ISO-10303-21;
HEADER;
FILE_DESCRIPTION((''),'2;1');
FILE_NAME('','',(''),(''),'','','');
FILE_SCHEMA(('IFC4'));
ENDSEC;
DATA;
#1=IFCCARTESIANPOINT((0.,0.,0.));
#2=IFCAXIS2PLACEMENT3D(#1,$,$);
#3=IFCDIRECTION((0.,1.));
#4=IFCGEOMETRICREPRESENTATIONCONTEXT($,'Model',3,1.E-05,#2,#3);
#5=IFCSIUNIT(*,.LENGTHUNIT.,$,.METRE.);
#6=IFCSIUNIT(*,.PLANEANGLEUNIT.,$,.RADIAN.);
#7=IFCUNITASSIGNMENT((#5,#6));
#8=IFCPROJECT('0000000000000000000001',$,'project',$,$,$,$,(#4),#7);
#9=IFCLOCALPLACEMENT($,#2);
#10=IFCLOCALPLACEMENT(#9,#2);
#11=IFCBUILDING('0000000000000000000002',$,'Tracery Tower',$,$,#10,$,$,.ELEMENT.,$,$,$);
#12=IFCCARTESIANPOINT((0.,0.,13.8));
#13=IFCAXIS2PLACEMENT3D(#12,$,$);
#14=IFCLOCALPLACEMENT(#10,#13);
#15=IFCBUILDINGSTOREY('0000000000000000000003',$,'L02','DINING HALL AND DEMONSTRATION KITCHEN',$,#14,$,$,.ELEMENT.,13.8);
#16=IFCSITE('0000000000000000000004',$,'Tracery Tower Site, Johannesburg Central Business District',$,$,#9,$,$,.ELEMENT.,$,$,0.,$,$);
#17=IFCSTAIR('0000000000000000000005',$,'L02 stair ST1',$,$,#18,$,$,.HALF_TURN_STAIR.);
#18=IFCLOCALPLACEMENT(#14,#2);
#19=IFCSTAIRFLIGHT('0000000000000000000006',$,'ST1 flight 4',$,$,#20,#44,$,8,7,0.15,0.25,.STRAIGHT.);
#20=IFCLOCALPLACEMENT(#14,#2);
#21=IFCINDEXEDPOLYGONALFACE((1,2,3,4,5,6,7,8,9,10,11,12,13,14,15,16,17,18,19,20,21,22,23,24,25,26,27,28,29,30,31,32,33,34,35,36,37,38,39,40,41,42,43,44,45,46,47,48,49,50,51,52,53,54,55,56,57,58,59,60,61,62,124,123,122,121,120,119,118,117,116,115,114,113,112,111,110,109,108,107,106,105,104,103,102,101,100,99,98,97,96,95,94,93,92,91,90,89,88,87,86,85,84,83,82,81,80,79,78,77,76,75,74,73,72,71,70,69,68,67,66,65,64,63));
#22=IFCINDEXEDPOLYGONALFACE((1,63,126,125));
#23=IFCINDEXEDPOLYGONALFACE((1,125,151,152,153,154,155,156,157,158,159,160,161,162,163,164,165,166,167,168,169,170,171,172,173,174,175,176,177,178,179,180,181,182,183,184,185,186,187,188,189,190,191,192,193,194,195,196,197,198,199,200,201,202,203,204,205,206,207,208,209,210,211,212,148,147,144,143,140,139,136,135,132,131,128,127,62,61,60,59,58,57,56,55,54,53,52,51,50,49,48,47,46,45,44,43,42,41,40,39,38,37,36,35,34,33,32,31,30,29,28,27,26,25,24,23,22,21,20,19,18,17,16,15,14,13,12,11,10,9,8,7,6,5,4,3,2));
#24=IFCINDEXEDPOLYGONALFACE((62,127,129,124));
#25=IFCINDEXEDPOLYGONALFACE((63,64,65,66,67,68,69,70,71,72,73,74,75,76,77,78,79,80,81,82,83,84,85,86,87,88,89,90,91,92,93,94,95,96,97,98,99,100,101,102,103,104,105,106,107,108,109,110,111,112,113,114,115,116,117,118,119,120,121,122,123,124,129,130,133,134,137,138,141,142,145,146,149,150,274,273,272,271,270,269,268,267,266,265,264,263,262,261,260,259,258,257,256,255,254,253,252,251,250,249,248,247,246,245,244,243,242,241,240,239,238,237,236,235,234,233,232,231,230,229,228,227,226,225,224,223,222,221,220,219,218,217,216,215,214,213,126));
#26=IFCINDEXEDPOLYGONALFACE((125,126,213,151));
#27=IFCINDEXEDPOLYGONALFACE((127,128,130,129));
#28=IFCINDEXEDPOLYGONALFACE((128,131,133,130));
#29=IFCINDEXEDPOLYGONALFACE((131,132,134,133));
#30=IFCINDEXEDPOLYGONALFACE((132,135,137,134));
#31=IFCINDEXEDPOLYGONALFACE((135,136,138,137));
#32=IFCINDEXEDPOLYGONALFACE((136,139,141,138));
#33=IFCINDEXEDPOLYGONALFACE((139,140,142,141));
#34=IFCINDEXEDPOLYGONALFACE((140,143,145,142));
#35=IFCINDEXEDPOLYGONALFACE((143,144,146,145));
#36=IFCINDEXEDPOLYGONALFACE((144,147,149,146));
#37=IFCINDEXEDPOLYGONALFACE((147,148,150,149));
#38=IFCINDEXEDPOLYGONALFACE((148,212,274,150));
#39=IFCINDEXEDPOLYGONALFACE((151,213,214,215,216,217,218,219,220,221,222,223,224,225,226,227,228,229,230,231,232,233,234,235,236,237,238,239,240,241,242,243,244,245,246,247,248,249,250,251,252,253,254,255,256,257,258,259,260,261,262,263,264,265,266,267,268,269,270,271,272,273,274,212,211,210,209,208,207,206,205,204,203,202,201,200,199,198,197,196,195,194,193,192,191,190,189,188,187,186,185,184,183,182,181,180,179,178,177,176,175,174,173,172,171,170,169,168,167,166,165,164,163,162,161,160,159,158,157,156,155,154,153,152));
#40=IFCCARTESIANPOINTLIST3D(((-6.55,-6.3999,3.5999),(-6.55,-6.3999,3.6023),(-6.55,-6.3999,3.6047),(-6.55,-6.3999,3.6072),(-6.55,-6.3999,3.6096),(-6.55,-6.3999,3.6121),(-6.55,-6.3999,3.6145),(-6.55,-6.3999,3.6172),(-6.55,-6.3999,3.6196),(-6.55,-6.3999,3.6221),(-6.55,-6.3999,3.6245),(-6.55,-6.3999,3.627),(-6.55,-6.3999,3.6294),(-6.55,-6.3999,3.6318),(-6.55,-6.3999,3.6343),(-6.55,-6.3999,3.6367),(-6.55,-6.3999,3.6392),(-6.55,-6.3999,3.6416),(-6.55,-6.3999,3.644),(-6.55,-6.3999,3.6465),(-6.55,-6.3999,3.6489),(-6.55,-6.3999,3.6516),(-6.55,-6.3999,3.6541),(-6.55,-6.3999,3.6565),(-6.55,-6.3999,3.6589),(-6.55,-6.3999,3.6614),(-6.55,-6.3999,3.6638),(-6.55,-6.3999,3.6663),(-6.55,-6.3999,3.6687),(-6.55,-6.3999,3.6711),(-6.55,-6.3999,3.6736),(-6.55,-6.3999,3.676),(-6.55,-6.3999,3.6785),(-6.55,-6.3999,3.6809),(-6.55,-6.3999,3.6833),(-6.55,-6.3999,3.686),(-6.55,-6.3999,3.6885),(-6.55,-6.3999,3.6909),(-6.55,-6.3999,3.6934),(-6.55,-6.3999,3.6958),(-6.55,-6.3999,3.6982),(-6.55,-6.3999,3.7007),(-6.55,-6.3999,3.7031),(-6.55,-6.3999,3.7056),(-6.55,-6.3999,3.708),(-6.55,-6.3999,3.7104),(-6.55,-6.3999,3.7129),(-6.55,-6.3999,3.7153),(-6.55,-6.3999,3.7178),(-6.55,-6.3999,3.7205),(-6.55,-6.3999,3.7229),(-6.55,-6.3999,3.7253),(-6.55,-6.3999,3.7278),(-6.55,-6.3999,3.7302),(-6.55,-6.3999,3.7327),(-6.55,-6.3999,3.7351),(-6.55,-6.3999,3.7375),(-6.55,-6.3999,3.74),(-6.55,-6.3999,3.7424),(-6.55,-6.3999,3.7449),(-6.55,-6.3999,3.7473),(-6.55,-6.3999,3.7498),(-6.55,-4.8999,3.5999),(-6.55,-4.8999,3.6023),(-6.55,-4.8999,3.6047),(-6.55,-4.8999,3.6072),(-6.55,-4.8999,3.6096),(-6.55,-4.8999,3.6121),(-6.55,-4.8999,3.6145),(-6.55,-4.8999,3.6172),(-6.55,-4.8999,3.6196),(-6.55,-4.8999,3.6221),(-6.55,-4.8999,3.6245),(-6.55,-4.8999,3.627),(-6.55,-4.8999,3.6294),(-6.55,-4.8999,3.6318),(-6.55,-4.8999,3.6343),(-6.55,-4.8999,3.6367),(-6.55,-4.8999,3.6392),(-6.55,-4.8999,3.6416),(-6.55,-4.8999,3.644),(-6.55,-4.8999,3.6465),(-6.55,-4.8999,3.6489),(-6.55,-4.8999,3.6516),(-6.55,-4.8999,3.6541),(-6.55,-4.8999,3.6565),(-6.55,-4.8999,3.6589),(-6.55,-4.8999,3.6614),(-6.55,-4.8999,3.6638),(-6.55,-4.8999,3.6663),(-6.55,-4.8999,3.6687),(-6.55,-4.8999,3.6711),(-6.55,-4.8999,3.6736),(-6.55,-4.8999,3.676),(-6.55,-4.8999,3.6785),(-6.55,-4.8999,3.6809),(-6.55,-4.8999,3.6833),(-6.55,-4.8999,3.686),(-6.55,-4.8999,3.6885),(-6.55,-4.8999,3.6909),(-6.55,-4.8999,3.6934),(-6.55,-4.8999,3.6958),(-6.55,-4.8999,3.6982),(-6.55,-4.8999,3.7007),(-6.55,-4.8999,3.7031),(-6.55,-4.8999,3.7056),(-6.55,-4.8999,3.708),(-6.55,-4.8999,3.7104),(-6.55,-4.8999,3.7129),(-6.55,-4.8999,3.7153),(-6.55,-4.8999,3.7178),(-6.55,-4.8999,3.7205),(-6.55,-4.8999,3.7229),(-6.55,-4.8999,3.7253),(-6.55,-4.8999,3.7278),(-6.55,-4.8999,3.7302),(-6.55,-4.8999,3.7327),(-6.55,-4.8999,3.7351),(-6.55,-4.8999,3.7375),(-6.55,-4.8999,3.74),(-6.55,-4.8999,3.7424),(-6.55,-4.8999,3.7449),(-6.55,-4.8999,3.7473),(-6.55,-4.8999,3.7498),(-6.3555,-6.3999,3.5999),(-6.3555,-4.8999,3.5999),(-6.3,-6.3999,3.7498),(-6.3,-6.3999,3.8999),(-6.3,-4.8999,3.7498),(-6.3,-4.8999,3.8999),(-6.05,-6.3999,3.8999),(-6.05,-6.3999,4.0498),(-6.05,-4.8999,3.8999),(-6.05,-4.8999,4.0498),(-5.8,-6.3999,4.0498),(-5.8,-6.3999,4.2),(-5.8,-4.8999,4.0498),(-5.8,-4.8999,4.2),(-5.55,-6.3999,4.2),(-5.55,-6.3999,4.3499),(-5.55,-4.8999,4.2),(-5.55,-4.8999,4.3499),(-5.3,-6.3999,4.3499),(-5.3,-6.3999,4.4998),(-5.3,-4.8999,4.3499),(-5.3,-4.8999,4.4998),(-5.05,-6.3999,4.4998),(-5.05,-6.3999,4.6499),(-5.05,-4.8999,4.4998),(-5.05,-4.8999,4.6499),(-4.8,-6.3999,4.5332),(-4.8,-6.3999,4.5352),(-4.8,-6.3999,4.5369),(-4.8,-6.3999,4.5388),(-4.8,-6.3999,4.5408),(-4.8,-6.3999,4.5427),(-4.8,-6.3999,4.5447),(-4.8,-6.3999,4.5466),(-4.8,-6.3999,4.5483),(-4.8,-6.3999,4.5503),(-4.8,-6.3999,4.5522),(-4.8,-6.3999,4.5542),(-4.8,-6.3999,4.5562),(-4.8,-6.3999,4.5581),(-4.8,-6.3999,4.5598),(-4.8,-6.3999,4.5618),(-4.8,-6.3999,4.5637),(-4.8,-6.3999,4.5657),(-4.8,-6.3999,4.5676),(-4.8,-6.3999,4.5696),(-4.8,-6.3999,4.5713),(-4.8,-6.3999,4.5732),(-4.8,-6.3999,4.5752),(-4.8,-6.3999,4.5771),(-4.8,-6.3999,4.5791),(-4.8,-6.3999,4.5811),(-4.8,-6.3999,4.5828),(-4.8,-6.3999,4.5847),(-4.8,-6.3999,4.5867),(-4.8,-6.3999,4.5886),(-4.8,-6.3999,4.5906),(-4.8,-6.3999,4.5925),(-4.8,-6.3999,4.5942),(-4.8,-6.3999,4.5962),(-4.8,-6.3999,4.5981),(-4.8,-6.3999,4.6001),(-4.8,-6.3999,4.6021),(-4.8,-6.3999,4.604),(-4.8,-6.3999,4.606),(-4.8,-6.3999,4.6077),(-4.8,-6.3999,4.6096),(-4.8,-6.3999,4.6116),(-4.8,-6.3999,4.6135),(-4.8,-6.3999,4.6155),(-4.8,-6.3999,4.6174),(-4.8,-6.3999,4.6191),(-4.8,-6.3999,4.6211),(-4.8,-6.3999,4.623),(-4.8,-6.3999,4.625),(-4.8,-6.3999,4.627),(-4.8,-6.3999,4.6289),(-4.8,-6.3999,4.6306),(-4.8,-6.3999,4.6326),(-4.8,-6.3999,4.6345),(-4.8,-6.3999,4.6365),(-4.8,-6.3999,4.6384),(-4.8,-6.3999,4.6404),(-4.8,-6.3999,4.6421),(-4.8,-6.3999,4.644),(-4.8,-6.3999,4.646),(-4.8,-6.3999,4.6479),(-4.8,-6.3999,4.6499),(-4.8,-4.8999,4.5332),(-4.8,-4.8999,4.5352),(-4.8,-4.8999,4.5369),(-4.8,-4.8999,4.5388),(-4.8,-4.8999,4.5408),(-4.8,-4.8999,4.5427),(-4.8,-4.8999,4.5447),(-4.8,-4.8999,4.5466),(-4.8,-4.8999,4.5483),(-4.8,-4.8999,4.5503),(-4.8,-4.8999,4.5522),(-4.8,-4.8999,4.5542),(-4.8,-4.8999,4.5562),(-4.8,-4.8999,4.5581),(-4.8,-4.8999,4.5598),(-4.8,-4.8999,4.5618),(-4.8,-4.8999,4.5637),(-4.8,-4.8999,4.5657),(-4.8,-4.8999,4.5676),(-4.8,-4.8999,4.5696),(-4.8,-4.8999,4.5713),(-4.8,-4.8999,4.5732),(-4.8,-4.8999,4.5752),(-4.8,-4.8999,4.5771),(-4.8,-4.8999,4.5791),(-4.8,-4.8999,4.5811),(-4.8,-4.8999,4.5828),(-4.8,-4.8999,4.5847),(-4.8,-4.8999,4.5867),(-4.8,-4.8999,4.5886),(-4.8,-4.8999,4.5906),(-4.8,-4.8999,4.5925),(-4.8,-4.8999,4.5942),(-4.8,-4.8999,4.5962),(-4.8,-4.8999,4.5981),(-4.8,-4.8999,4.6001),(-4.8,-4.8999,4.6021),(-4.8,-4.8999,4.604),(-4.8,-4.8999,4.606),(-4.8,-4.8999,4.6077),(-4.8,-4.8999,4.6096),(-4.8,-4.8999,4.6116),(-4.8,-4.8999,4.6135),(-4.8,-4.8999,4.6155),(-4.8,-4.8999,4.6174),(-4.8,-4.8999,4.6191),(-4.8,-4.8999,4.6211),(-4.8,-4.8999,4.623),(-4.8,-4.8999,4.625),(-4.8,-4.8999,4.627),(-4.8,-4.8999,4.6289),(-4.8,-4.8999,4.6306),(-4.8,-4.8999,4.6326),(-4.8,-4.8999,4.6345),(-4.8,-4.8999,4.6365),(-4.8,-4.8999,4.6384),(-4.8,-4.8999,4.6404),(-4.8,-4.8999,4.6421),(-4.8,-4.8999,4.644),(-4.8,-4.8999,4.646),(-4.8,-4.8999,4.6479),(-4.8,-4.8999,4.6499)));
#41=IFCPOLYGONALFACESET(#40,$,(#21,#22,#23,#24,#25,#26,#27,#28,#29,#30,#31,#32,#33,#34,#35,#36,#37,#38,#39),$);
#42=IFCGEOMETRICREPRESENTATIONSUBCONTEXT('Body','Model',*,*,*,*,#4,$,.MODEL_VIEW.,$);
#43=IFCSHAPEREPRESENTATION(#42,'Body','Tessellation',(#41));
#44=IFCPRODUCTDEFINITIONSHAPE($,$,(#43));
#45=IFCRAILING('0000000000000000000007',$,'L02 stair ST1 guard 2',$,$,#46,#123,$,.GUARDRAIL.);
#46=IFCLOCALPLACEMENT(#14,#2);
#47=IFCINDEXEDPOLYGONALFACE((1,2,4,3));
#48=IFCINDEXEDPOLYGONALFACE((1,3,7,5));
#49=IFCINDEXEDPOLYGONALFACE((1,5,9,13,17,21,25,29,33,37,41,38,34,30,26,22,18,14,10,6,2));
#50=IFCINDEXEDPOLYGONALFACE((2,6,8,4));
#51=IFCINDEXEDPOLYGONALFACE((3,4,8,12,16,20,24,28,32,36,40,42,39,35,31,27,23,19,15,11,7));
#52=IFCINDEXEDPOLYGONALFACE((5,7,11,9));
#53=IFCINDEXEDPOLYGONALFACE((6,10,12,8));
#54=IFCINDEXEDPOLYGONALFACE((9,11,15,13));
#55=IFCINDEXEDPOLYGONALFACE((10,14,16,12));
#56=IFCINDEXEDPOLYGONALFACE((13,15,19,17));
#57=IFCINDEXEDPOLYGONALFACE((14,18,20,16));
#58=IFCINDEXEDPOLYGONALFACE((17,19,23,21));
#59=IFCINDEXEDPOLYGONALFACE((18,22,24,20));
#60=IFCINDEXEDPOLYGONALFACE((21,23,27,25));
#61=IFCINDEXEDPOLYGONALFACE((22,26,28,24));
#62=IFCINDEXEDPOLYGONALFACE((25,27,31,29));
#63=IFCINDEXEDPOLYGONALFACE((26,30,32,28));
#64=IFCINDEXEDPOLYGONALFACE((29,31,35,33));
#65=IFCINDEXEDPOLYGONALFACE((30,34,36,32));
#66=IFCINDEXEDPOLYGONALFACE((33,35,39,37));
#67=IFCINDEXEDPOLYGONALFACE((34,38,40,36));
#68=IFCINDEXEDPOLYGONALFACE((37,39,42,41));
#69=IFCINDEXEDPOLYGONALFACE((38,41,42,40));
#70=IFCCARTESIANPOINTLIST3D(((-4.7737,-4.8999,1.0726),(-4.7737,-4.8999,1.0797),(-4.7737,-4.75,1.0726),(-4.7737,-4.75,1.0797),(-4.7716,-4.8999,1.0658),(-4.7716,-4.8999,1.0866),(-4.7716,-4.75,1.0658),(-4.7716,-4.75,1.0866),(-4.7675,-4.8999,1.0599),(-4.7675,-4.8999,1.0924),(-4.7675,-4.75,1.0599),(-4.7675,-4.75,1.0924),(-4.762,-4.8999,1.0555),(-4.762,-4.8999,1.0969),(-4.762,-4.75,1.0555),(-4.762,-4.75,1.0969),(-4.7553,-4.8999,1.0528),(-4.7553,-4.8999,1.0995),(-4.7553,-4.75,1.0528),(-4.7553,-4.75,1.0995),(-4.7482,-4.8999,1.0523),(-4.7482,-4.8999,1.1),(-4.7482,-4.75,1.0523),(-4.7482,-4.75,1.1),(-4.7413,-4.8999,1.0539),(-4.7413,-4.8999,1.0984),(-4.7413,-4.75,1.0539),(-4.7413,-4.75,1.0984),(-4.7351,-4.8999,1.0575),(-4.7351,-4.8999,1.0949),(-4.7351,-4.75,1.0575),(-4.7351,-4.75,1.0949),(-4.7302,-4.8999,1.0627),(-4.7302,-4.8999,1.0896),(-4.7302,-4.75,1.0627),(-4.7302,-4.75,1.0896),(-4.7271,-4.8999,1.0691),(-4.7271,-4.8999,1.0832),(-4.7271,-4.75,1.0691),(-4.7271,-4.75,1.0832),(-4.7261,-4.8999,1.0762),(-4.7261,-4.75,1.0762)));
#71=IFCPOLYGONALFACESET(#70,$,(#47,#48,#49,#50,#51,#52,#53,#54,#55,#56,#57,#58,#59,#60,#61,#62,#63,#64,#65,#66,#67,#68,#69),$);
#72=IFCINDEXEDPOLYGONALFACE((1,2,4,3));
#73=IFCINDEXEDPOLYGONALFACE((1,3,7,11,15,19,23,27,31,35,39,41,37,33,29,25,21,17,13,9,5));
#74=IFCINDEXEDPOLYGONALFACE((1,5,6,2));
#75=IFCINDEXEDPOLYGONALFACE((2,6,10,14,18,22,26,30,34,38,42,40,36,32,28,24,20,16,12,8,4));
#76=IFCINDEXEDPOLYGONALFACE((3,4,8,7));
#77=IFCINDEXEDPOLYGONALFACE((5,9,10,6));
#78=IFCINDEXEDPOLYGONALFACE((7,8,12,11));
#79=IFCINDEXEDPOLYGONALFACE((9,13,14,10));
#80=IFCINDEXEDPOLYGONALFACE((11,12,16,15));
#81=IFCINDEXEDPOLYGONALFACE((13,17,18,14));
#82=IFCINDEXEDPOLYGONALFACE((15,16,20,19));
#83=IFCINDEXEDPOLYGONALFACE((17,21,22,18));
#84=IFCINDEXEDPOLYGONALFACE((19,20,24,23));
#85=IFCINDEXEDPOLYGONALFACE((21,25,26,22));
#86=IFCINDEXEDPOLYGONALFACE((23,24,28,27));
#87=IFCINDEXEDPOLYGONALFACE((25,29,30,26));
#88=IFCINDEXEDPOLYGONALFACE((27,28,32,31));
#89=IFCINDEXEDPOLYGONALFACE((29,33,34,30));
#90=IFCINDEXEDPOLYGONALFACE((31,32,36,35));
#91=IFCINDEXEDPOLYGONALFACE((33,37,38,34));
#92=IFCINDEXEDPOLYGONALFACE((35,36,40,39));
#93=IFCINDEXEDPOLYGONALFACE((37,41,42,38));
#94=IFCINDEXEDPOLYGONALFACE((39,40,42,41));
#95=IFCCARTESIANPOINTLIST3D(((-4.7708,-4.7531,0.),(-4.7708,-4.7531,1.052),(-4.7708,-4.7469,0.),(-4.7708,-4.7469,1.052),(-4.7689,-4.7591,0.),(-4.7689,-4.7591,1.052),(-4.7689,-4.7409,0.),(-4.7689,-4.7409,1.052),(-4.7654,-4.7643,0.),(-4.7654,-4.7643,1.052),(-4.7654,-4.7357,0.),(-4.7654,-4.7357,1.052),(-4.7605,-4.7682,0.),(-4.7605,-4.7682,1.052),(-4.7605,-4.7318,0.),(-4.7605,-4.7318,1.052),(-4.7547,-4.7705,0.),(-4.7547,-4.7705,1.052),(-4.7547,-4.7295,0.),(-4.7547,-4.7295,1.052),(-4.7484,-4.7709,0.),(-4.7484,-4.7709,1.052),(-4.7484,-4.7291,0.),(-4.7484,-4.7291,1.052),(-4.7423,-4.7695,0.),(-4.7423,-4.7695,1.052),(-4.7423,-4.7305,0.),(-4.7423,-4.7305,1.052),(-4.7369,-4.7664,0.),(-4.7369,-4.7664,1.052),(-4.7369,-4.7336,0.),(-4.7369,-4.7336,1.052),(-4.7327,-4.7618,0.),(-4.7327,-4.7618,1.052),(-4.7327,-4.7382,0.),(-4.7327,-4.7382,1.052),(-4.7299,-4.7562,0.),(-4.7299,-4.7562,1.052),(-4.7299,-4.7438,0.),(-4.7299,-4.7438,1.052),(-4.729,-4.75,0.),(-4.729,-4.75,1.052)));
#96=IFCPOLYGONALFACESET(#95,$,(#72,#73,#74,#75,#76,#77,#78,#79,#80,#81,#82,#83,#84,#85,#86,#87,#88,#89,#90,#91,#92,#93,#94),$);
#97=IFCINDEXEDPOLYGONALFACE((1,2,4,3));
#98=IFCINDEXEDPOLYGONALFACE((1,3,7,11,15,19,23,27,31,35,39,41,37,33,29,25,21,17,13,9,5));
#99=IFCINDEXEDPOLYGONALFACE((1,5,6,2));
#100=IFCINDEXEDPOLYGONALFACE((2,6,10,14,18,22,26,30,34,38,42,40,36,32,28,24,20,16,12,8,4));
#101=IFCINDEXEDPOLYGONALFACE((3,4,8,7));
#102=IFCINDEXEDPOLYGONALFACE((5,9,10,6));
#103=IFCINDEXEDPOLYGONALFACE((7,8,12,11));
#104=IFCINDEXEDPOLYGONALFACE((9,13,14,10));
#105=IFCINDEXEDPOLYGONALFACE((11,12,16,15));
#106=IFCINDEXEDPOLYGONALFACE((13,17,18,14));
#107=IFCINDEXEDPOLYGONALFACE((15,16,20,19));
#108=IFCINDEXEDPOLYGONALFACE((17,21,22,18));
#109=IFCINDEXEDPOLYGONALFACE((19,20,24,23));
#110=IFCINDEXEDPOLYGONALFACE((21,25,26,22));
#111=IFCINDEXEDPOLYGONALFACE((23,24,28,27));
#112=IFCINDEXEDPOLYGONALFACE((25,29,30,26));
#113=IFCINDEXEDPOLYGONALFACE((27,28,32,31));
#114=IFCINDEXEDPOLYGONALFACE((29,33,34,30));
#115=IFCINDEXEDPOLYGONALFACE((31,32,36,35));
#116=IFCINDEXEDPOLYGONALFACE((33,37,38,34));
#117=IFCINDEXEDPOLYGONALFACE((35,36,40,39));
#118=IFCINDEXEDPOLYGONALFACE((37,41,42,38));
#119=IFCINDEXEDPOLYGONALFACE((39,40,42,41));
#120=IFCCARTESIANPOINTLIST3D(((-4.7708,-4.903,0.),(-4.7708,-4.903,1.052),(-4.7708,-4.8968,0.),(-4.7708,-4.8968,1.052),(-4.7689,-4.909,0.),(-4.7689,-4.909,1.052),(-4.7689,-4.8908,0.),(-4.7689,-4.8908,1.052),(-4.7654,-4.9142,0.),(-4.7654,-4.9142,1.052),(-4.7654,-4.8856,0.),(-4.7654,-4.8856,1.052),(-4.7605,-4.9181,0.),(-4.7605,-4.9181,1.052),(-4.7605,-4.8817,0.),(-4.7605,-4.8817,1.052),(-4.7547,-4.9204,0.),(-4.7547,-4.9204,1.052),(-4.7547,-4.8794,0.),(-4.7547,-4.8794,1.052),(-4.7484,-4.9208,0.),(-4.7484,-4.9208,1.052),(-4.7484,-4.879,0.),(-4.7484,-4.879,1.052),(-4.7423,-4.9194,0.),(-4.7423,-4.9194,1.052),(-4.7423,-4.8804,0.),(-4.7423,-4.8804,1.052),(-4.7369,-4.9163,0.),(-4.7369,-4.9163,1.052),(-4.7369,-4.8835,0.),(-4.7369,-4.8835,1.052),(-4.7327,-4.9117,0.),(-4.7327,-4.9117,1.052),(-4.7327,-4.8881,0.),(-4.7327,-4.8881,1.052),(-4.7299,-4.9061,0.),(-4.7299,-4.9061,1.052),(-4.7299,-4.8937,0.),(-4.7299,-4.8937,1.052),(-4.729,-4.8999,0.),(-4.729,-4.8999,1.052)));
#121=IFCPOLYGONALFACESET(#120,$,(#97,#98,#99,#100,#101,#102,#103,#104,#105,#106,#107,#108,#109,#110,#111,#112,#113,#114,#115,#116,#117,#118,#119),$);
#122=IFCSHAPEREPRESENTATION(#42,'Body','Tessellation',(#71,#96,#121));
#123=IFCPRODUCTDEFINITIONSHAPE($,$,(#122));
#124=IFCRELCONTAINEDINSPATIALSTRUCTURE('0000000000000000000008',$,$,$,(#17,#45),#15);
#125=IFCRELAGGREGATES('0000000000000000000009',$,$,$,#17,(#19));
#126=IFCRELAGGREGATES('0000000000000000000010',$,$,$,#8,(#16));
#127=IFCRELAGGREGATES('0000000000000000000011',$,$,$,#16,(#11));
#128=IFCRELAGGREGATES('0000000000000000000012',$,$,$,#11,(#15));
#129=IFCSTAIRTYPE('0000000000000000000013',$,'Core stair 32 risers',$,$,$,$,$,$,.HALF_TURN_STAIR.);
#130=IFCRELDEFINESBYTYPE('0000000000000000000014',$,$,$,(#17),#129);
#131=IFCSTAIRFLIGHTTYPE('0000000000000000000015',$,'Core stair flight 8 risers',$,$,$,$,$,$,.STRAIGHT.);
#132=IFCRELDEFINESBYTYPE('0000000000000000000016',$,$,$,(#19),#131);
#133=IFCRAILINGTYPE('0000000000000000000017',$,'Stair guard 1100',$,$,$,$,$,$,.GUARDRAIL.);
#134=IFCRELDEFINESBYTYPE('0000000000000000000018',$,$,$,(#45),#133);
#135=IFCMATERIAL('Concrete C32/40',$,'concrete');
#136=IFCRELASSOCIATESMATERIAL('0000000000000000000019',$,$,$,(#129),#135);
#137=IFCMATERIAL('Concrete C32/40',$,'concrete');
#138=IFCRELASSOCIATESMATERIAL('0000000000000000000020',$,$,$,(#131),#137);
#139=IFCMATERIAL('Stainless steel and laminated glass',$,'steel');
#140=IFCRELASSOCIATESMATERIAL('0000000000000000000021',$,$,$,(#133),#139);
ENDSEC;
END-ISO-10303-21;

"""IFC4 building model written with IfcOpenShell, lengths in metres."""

from ifc_helpers import new_model, si_unit, direction, frame, origin, origin_2d, place, context, subcontext, project, spatial, polyline, circle, outline, extrude, material, type_object, element, aggregate, save


model = new_model("IFC4")

# Units and contexts
model_context = context("Model", 3, precision=1e-05, world=origin(), true_north=direction((0.0, 1.0)))
body_context = subcontext(model_context, "Body", "Model", "MODEL_VIEW")
ifc_project = project(units=[si_unit("LENGTHUNIT", "METRE"), si_unit("PLANEANGLEUNIT", "RADIAN")], contexts=[model_context])

# Site, building, storey
site_placement = place(None, origin())
site = spatial("IfcSite", under=ifc_project, at=site_placement, Name="Tracery Tower Site, Johannesburg Central Business District", CompositionType="ELEMENT", RefElevation=0.0)
building_placement = place(site_placement, origin())
building = spatial("IfcBuilding", under=site, at=building_placement, Name="Tracery Tower", CompositionType="ELEMENT")
storey_placement = place(building_placement, frame((0.0, 0.0, 13.8)))
storey = spatial("IfcBuildingStorey", under=building, at=storey_placement, Name="L02", Description="DINING HALL AND DEMONSTRATION KITCHEN", CompositionType="ELEMENT", Elevation=13.8)

# Stair, stair flight
ifc_material_1 = material(Name="Concrete C32/40", Category="concrete")
stair_type = type_object("IfcStairType", Name="Core stair 32 risers", PredefinedType="HALF_TURN_STAIR", material=ifc_material_1)
stair_placement = place(storey_placement, origin())
stair = element("IfcStair", 1, at=stair_placement, inside=storey, type_object=stair_type, Name="L02 stair ST1", PredefinedType="HALF_TURN_STAIR")
ifc_material_2 = material(Name="Concrete C32/40", Category="concrete")
stair_flight_type = type_object("IfcStairFlightType", Name="Core stair flight 8 risers", PredefinedType="STRAIGHT", material=ifc_material_2)
stair_flight_1_placement = place(storey_placement, frame((-6.55, -5.6499, 3.5999), z_axis=(0.0, 0.0, 1.0), x_axis=(1.0, 0.0, 0.0)))
stair_flight_1 = element("IfcStairFlight", 2, at=stair_flight_1_placement, type_object=stair_flight_type, Name="ST1 flight 4", NumberOfRisers=8, NumberOfTreads=7, PredefinedType="STRAIGHT", RiserHeight=0.15, TreadLength=0.25, context=body_context, shape_type="SweptSolid", body=[
    extrude(outline(polyline([(0.0, 0.0), (0.0, 0.0024), (0.0, 0.0049), (0.0, 0.0073), (0.0, 0.0098), (0.0, 0.0122), (0.0, 0.0146), (0.0, 0.0173), (0.0, 0.0198), (0.0, 0.0222), (0.0, 0.0247), (0.0, 0.0271), (0.0, 0.0295), (0.0, 0.032), (0.0, 0.0344), (0.0, 0.0369), (0.0, 0.0393), (0.0, 0.0417), (0.0, 0.0442), (0.0, 0.0466), (0.0, 0.0491), (0.0, 0.0518), (0.0, 0.0542), (0.0, 0.0566), (0.0, 0.0591), (0.0, 0.0615), (0.0, 0.064), (0.0, 0.0664), (0.0, 0.0688), (0.0, 0.0713), (0.0, 0.0737), (0.0, 0.0762), (0.0, 0.0786), (0.0, 0.0811), (0.0, 0.0835), (0.0, 0.0862), (0.0, 0.0886), (0.0, 0.0911), (0.0, 0.0935), (0.0, 0.0959), (0.0, 0.0984), (0.0, 0.1008), (0.0, 0.1033), (0.0, 0.1057), (0.0, 0.1082), (0.0, 0.1106), (0.0, 0.113), (0.0, 0.1155), (0.0, 0.1179), (0.0, 0.1206), (0.0, 0.123), (0.0, 0.1255), (0.0, 0.1279), (0.0, 0.1304), (0.0, 0.1328), (0.0, 0.1353), (0.0, 0.1377), (0.0, 0.1401), (0.0, 0.1426), (0.0, 0.145), (0.0, 0.1475), (0.0, 0.1499), (0.25, 0.1499), (0.25, 0.3), (0.5, 0.3), (0.5, 0.45), (0.75, 0.45), (0.75, 0.6001), (1.0, 0.6001), (1.0, 0.75), (1.25, 0.75), (1.25, 0.8999), (1.5, 0.8999), (1.5, 1.05), (1.75, 1.05), (1.75, 1.0481), (1.75, 1.0461), (1.75, 1.0442), (1.75, 1.0422), (1.75, 1.0405), (1.75, 1.0386), (1.75, 1.0366), (1.75, 1.0347), (1.75, 1.0327), (1.75, 1.0308), (1.75, 1.0291), (1.75, 1.0271), (1.75, 1.0251), (1.75, 1.0232), (1.75, 1.0212), (1.75, 1.0193), (1.75, 1.0176), (1.75, 1.0156), (1.75, 1.0137), (1.75, 1.0117), (1.75, 1.0098), (1.75, 1.0078), (1.75, 1.0061), (1.75, 1.0042), (1.75, 1.0022), (1.75, 1.0002), (1.75, 0.9983), (1.75, 0.9963), (1.75, 0.9944), (1.75, 0.9927), (1.75, 0.9907), (1.75, 0.9888), (1.75, 0.9868), (1.75, 0.9849), (1.75, 0.9829), (1.75, 0.9812), (1.75, 0.9792), (1.75, 0.9773), (1.75, 0.9753), (1.75, 0.9734), (1.75, 0.9714), (1.75, 0.9697), (1.75, 0.9678), (1.75, 0.9658), (1.75, 0.9639), (1.75, 0.9619), (1.75, 0.96), (1.75, 0.9583), (1.75, 0.9563), (1.75, 0.9543), (1.75, 0.9524), (1.75, 0.9504), (1.75, 0.9485), (1.75, 0.9468), (1.75, 0.9448), (1.75, 0.9429), (1.75, 0.9409), (1.75, 0.939), (1.75, 0.937), (1.75, 0.9353), (1.75, 0.9333), (0.1946, 0.0), (0.0, 0.0)])), frame((0.0, 0.75, 0.0), z_axis=(0.0, -1.0, 0.0), x_axis=(1.0, 0.0, 0.0)), (0.0, 0.0, 1.0), 1.5),
])
aggregate(stair, [stair_flight_1])

# Railing
ifc_material_3 = material(Name="Stainless steel and laminated glass", Category="steel")
railing_type_1 = type_object("IfcRailingType", Name="Stair guard 1100", PredefinedType="GUARDRAIL", material=ifc_material_3)
railing_1_placement = place(storey_placement, frame((-4.75, -4.75, 0.0)))
element("IfcRailing", 3, at=railing_1_placement, inside=storey, type_object=railing_type_1, Name="L02 stair ST1 guard 2", PredefinedType="GUARDRAIL", context=body_context, shape_type="SweptSolid", body=[
    extrude(circle(Radius=0.0239, at=origin_2d()), frame((0.0, 0.0, 1.0762), z_axis=(0.0, -1.0, 0.0), x_axis=(1.0, 0.0, 0.0)), (0.0, 0.0, 1.0), 0.1499),
    extrude(circle(Radius=0.021, at=origin_2d()), origin(), (0.0, 0.0, 1.0), 1.052),
    extrude(circle(Radius=0.021, at=origin_2d()), frame((0.0, -0.1499, 0.0)), (0.0, 0.0, 1.0), 1.052),
])

save(model, "model.ifc")
